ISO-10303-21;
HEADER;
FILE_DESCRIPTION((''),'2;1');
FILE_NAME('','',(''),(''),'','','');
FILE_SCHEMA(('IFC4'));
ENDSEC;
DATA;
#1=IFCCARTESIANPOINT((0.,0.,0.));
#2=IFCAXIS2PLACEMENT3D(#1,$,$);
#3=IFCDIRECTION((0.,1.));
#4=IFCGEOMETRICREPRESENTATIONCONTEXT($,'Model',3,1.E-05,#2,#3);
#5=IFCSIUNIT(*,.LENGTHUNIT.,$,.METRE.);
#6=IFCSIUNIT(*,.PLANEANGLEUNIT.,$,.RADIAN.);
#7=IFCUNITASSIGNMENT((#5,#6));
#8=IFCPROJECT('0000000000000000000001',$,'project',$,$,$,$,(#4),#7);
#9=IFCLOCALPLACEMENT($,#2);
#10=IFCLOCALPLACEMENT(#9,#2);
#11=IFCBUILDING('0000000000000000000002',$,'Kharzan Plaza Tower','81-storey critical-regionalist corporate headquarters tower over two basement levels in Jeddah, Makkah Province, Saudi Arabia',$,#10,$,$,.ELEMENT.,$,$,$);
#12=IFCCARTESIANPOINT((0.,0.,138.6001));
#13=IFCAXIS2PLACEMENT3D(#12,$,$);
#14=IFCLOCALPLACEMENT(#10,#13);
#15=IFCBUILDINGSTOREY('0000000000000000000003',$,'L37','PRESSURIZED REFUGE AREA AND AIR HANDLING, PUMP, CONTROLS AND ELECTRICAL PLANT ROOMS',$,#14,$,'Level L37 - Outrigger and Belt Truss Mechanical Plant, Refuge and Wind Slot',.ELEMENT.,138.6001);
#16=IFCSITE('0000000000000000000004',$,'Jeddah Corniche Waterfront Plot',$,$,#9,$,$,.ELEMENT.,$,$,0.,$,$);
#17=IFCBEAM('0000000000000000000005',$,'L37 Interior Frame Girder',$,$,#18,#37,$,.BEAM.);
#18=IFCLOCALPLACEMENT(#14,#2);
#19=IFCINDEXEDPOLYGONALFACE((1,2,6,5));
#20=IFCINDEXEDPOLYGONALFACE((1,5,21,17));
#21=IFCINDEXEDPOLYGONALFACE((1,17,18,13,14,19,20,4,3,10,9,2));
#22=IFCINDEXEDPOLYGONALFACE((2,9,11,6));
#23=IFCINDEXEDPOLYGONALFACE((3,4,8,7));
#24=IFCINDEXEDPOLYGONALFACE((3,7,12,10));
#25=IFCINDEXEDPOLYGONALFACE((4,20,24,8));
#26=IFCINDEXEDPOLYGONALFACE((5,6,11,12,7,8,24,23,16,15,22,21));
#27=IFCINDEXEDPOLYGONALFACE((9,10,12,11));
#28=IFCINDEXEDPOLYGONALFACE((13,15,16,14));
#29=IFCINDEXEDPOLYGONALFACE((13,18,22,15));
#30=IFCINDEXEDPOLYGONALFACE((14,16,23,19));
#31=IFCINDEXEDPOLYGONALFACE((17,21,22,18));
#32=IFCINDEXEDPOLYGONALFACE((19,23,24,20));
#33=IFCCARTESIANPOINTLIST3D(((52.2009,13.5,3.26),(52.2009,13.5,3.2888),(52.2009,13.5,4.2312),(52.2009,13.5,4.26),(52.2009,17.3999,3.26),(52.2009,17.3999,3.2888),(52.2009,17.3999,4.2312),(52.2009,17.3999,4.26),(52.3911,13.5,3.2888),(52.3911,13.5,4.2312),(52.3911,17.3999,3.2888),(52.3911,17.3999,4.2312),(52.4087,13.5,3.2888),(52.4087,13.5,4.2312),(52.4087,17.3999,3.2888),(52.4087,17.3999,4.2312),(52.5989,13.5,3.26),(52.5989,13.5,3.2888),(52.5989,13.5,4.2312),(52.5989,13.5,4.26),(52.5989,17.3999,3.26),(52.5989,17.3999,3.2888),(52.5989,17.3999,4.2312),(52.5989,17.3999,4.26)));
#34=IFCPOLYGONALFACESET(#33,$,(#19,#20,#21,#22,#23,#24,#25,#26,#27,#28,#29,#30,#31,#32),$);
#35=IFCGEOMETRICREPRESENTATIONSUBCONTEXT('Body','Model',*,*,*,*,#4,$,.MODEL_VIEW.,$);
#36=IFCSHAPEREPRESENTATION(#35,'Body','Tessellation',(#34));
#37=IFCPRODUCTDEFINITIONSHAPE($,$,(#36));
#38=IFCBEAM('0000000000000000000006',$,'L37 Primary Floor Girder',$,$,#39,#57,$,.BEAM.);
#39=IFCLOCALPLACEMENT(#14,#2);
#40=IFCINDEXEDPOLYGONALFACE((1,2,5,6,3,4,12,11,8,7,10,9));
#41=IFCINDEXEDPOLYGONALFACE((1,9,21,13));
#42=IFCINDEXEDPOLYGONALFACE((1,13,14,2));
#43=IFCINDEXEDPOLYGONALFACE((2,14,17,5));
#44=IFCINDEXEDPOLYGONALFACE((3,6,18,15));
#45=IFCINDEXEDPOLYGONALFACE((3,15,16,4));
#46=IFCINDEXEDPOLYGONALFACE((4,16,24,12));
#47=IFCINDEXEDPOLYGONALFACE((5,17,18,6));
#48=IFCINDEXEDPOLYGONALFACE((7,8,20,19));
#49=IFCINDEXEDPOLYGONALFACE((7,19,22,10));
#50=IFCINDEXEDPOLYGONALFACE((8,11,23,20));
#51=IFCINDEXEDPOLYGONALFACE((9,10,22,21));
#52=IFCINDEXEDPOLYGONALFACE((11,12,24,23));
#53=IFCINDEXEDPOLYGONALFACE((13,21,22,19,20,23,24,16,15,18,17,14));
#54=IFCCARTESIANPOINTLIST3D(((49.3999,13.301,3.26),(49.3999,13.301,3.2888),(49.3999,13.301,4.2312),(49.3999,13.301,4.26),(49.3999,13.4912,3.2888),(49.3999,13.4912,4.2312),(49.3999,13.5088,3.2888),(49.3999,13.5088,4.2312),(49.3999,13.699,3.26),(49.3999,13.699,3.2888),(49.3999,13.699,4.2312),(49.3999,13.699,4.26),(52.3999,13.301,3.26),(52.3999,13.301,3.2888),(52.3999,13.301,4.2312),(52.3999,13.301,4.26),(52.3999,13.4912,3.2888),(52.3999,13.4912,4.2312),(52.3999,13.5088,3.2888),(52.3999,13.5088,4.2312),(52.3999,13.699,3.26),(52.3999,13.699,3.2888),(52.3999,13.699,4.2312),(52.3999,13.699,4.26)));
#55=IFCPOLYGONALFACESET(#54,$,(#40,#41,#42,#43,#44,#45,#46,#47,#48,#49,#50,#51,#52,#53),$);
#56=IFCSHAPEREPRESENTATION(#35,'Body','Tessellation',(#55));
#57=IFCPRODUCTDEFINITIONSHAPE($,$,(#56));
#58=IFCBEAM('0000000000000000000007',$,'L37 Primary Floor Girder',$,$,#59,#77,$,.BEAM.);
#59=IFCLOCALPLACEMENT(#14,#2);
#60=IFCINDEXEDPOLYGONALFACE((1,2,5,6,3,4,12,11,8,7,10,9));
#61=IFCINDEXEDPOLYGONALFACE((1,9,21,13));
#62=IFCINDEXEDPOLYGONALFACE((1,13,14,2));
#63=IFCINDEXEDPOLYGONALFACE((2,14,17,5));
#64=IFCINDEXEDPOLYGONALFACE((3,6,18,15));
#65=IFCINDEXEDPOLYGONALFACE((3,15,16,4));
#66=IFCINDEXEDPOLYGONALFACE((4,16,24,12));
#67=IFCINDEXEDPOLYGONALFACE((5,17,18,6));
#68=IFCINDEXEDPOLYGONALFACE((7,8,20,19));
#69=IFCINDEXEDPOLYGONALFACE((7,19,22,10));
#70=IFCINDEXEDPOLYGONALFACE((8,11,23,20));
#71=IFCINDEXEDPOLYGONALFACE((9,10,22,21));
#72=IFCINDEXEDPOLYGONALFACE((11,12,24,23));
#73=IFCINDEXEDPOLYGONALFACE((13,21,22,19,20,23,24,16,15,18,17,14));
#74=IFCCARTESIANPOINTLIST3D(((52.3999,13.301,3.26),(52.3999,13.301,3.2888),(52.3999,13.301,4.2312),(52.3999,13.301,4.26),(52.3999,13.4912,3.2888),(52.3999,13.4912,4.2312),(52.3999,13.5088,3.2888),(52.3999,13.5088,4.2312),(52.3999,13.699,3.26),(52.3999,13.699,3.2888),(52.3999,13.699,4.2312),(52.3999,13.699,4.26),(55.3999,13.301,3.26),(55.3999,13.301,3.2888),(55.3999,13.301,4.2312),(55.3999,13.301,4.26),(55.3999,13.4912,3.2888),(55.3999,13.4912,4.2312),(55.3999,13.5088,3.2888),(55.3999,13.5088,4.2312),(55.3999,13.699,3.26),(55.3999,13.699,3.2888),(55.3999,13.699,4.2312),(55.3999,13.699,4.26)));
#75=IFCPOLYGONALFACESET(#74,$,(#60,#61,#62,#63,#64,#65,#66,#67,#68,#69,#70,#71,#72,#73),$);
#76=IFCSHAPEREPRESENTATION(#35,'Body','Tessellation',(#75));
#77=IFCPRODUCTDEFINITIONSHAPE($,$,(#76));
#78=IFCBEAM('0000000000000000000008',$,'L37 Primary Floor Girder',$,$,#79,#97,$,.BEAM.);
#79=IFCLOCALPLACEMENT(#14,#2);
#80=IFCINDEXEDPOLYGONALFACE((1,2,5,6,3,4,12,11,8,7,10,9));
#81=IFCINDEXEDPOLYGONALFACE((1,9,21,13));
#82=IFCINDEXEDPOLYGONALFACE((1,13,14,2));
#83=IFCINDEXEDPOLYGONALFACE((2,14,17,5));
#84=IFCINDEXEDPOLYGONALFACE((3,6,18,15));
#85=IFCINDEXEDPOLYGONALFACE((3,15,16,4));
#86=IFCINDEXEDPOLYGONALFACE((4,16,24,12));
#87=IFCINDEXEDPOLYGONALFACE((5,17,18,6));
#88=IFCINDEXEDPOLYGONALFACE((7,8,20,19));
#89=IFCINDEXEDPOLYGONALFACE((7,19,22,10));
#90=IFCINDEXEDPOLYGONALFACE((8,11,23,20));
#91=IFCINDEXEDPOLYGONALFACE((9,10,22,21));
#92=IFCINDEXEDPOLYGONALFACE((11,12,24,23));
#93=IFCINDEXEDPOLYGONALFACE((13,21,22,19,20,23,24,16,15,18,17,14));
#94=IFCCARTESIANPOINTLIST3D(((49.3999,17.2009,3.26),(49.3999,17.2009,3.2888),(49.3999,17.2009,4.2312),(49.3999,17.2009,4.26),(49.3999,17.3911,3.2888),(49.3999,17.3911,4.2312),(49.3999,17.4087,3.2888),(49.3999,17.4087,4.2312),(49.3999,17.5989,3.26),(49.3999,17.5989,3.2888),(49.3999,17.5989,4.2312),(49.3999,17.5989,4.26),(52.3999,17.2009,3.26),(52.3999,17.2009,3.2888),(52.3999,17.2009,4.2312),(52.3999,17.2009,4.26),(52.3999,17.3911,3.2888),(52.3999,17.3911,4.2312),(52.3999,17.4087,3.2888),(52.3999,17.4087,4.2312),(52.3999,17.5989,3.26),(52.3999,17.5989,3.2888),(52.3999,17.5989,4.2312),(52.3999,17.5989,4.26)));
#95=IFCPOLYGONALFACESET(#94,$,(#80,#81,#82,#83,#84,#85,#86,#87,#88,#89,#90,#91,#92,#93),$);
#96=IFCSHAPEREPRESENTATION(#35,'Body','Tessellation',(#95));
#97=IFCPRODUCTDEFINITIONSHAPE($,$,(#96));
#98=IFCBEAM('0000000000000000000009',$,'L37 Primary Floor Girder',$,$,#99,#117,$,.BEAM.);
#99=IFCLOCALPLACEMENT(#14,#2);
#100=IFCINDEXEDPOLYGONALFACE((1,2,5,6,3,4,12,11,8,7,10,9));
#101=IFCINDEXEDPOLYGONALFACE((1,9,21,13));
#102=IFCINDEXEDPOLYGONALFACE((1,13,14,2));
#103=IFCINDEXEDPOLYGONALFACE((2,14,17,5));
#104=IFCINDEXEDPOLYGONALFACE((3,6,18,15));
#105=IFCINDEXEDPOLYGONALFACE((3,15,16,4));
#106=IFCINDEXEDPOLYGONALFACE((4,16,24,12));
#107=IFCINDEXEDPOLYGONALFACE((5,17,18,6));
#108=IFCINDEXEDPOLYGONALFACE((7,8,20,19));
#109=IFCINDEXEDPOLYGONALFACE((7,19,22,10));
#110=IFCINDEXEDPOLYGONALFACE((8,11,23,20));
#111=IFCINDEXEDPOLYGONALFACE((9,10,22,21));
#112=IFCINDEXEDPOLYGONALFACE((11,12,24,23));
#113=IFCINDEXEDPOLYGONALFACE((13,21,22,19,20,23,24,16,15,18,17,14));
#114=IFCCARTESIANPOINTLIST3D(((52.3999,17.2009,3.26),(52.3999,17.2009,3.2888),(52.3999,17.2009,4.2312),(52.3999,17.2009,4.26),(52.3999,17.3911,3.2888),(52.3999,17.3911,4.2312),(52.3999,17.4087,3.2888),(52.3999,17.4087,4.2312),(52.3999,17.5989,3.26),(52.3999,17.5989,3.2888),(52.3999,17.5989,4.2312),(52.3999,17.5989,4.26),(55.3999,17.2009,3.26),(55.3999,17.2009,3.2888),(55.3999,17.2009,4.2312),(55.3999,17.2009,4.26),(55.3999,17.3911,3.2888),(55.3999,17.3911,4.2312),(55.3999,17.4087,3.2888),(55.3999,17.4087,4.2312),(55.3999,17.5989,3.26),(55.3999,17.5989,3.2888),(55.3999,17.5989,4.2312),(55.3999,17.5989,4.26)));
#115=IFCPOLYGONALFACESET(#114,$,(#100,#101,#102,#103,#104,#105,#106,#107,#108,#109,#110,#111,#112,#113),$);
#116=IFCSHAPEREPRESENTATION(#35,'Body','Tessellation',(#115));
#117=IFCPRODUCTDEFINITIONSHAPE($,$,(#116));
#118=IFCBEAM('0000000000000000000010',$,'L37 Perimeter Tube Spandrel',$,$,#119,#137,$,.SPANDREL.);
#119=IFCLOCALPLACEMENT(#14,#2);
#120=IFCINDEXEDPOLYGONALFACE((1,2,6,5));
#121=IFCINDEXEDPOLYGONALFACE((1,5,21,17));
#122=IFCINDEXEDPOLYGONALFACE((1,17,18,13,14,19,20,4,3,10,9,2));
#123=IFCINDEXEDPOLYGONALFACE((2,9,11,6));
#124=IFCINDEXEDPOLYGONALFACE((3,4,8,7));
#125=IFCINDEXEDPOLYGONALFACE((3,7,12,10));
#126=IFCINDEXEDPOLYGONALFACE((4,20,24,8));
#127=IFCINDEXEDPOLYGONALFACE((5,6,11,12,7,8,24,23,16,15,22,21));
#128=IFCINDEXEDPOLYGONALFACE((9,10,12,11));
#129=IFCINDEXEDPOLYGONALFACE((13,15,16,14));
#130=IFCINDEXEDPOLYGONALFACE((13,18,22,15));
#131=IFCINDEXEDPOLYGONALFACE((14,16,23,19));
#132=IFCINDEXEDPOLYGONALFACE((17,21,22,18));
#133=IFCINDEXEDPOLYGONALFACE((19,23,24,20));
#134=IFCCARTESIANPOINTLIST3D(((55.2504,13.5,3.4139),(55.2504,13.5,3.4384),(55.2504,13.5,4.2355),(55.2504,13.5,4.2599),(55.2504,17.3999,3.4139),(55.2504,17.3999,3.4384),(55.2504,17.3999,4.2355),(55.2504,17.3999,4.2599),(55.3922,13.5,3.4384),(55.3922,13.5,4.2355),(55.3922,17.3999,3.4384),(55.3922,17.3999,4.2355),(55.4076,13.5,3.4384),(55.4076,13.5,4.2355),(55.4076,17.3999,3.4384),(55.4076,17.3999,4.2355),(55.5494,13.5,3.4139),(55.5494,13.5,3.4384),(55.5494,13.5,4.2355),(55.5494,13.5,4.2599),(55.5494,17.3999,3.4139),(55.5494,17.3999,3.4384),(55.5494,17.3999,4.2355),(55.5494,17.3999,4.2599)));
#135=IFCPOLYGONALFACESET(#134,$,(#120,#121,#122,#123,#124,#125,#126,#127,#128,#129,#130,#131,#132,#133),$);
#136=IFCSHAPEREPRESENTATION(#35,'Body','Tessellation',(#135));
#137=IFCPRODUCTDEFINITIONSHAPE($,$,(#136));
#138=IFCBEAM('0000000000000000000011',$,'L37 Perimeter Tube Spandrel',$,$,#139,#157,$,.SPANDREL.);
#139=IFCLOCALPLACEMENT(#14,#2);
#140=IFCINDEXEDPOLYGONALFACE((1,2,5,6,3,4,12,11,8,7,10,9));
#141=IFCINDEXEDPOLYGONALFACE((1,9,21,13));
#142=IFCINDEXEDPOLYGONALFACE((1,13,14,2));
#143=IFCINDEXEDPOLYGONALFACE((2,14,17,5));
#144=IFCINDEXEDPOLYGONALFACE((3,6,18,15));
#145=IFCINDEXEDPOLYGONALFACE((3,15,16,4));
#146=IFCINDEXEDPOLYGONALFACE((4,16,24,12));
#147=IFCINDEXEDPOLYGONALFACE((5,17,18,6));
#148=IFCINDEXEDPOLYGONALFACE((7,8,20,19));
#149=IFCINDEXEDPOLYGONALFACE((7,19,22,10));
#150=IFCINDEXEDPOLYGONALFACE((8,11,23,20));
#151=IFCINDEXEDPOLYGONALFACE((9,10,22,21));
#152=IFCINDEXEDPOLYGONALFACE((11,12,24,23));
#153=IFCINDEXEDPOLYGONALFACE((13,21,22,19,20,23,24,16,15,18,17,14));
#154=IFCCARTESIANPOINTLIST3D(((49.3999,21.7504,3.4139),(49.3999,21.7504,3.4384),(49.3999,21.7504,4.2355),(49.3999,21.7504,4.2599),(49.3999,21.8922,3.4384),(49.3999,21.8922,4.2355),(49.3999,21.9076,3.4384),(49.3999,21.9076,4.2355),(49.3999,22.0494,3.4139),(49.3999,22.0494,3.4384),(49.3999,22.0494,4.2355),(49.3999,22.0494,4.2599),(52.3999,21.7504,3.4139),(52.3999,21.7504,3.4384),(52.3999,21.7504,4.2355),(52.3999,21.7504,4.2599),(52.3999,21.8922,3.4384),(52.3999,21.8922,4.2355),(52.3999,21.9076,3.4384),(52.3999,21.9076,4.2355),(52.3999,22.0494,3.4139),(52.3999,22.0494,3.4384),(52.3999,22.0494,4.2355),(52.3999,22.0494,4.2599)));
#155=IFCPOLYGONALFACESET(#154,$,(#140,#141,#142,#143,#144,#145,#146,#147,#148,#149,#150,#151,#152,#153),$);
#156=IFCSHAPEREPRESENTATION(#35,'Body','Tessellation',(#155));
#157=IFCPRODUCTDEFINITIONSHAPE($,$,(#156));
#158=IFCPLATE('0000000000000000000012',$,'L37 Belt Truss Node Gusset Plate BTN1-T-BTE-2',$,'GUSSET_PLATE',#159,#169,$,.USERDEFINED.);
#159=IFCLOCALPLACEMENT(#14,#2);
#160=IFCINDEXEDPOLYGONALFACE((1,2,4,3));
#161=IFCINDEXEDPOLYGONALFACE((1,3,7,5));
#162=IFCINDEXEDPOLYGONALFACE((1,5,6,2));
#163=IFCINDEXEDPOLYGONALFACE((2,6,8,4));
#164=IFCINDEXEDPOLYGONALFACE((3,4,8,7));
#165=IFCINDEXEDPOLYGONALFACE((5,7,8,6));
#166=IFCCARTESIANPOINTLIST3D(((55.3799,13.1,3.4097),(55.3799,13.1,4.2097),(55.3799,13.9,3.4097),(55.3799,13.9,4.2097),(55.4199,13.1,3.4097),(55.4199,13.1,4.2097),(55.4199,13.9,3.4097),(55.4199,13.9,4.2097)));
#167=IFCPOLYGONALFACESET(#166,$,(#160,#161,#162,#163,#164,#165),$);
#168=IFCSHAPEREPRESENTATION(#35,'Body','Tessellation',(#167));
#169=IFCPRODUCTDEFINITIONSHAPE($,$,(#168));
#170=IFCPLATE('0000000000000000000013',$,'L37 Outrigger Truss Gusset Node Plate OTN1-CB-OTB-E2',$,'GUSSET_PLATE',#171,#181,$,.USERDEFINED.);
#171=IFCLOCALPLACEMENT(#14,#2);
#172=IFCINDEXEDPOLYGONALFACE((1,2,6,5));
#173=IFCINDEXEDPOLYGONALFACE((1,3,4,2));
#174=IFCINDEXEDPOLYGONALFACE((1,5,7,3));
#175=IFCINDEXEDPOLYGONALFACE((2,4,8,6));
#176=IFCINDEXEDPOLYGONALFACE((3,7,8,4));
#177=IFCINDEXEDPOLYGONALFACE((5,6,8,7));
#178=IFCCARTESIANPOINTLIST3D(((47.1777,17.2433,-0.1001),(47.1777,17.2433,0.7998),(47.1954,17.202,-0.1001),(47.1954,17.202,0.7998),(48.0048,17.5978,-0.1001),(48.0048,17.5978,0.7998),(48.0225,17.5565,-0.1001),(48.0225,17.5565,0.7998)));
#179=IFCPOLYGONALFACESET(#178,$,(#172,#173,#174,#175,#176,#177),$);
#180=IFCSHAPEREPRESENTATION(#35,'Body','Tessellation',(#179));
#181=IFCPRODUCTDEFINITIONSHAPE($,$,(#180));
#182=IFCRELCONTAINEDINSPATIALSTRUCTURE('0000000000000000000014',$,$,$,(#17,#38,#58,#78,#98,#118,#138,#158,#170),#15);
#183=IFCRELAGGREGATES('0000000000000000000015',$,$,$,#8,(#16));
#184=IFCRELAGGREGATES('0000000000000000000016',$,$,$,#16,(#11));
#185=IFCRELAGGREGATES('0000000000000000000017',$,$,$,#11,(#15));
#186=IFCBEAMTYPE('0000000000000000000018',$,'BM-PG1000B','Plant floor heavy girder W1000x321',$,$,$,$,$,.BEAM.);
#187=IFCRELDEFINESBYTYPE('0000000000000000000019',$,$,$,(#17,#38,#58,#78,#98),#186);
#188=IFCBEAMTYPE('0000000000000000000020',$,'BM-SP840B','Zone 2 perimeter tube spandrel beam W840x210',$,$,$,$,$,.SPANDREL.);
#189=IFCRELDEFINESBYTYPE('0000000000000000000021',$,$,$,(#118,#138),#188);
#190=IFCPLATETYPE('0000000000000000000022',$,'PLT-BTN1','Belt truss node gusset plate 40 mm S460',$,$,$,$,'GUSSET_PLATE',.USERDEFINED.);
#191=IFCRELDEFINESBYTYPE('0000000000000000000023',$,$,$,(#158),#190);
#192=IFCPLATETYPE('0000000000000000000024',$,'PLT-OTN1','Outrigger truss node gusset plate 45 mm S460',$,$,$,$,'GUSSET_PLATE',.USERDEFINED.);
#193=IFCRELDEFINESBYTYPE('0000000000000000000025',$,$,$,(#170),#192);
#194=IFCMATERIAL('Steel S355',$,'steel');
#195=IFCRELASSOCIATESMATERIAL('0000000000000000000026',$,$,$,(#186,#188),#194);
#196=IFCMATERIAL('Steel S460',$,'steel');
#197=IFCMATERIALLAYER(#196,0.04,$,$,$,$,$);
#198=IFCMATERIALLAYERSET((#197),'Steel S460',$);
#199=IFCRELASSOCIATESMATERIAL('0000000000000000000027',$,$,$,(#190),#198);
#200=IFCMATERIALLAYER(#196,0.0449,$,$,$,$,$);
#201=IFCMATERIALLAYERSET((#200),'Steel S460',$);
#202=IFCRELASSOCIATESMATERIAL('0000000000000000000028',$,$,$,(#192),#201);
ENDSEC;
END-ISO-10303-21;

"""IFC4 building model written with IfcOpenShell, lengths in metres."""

from ifc_helpers import new_model, si_unit, direction, frame, origin, origin_2d, place, context, subcontext, project, spatial, rectangle, i_section, extrude, source, transform, mapped, material, layer, layer_set, material_profile, profile_set, type_object, element, save


model = new_model("IFC4")

# Units and contexts
model_context = context("Model", 3, precision=1e-05, world=origin(), true_north=direction((0.0, 1.0)))
body_context = subcontext(model_context, "Body", "Model", "MODEL_VIEW")
ifc_project = project(units=[si_unit("LENGTHUNIT", "METRE"), si_unit("PLANEANGLEUNIT", "RADIAN")], contexts=[model_context])

# Site, building, storey
site_placement = place(None, origin())
site = spatial("IfcSite", under=ifc_project, at=site_placement, Name="Jeddah Corniche Waterfront Plot", CompositionType="ELEMENT", RefElevation=0.0)
building_placement = place(site_placement, origin())
building = spatial("IfcBuilding", under=site, at=building_placement, Name="Kharzan Plaza Tower", Description="81-storey critical-regionalist corporate headquarters tower over two basement levels in Jeddah, Makkah Province, Saudi Arabia", CompositionType="ELEMENT")
storey_placement = place(building_placement, frame((0.0, 0.0, 138.6001)))
storey = spatial("IfcBuildingStorey", under=building, at=storey_placement, Name="L37", Description="PRESSURIZED REFUGE AREA AND AIR HANDLING, PUMP, CONTROLS AND ELECTRICAL PLANT ROOMS", LongName="Level L37 - Outrigger and Belt Truss Mechanical Plant, Refuge and Wind Slot", CompositionType="ELEMENT", Elevation=138.6001)

# Beams
ifc_material_1 = material(Name="Steel S355", Category="steel")
ifc_material_profile_1 = material_profile(ifc_material_1, i_section(OverallWidth=0.3979, OverallDepth=1.0, WebThickness=0.0176, FlangeThickness=0.0288, at=origin_2d()), Name="W1000x321")
ifc_profile_set_1 = profile_set([ifc_material_profile_1], Name="Steel S355")
beam_type_1 = type_object("IfcBeamType", Name="BM-PG1000B", Description="Plant floor heavy girder W1000x321", PredefinedType="BEAM", material=ifc_profile_set_1)
shared_shape_1 = source(origin(), body_context, "Body", "SweptSolid", [
    extrude(i_section(OverallWidth=0.3979, OverallDepth=1.0, WebThickness=0.0176, FlangeThickness=0.0288, at=origin_2d()), origin(), (0.0, 0.0, 1.0), 3.8999),
])
for number, where, z_axis, x_axis, name in (
    (1, (52.3999, 13.5, 3.76), (0.0, 1.0, 0.0), (-1.0, 0.0, 0.0), "L37 Interior Frame Girder"),
):
    element("IfcBeam", number, at=place(storey_placement, frame(where, z_axis=z_axis, x_axis=x_axis)), inside=storey, type_object=beam_type_1, Name=name, PredefinedType="BEAM", context=body_context, shape_type="MappedRepresentation", body=[
        mapped(shared_shape_1, transform((0.0, 0.0, 0.0), x_axis=(1.0, 0.0, 0.0), y_axis=(0.0, 1.0, 0.0), z_axis=(0.0, 0.0, 1.0))),
    ])
shared_shape_2 = source(origin(), body_context, "Body", "SweptSolid", [
    extrude(i_section(OverallWidth=0.3979, OverallDepth=1.0, WebThickness=0.0176, FlangeThickness=0.0288, at=origin_2d()), origin(), (0.0, 0.0, 1.0), 3.0),
])
for number, where, z_axis, x_axis, name in (
    (2, (49.3999, 13.5, 3.76), (1.0, 0.0, 0.0), (0.0, 1.0, 0.0), "L37 Primary Floor Girder"),
    (3, (52.3999, 13.5, 3.76), (1.0, 0.0, 0.0), (0.0, 1.0, 0.0), "L37 Primary Floor Girder"),
    (4, (49.3999, 17.3999, 3.76), (1.0, 0.0, 0.0), (0.0, 1.0, 0.0), "L37 Primary Floor Girder"),
    (5, (52.3999, 17.3999, 3.76), (1.0, 0.0, 0.0), (0.0, 1.0, 0.0), "L37 Primary Floor Girder"),
):
    element("IfcBeam", number, at=place(storey_placement, frame(where, z_axis=z_axis, x_axis=x_axis)), inside=storey, type_object=beam_type_1, Name=name, PredefinedType="BEAM", context=body_context, shape_type="MappedRepresentation", body=[
        mapped(shared_shape_2, transform((0.0, 0.0, 0.0), x_axis=(1.0, 0.0, 0.0), y_axis=(0.0, 1.0, 0.0), z_axis=(0.0, 0.0, 1.0))),
    ])
ifc_material_profile_2 = material_profile(ifc_material_1, i_section(OverallWidth=0.2991, OverallDepth=0.8459, WebThickness=0.0154, FlangeThickness=0.0244, at=origin_2d()), Name="W840x210")
ifc_profile_set_2 = profile_set([ifc_material_profile_2], Name="Steel S355")
beam_type_2 = type_object("IfcBeamType", Name="BM-SP840B", Description="Zone 2 perimeter tube spandrel beam W840x210", PredefinedType="SPANDREL", material=ifc_profile_set_2)
shared_shape_3 = source(origin(), body_context, "Body", "SweptSolid", [
    extrude(i_section(OverallWidth=0.2991, OverallDepth=0.8459, WebThickness=0.0154, FlangeThickness=0.0244, at=origin_2d()), origin(), (0.0, 0.0, 1.0), 3.8999),
])
beam_1_placement = place(storey_placement, frame((55.3999, 13.5, 3.8369), z_axis=(0.0, 1.0, 0.0), x_axis=(-1.0, 0.0, 0.0)))
element("IfcBeam", 6, at=beam_1_placement, inside=storey, type_object=beam_type_2, Name="L37 Perimeter Tube Spandrel", PredefinedType="SPANDREL", context=body_context, shape_type="MappedRepresentation", body=[
    mapped(shared_shape_3, transform((0.0, 0.0, 0.0), x_axis=(1.0, 0.0, 0.0), y_axis=(0.0, 1.0, 0.0), z_axis=(0.0, 0.0, 1.0))),
])
shared_shape_4 = source(origin(), body_context, "Body", "SweptSolid", [
    extrude(i_section(OverallWidth=0.2991, OverallDepth=0.8459, WebThickness=0.0154, FlangeThickness=0.0244, at=origin_2d()), origin(), (0.0, 0.0, 1.0), 3.0),
])
beam_2_placement = place(storey_placement, frame((49.3999, 21.8999, 3.8369), z_axis=(1.0, 0.0, 0.0), x_axis=(0.0, 1.0, 0.0)))
element("IfcBeam", 7, at=beam_2_placement, inside=storey, type_object=beam_type_2, Name="L37 Perimeter Tube Spandrel", PredefinedType="SPANDREL", context=body_context, shape_type="MappedRepresentation", body=[
    mapped(shared_shape_4, transform((0.0, 0.0, 0.0), x_axis=(1.0, 0.0, 0.0), y_axis=(0.0, 1.0, 0.0), z_axis=(0.0, 0.0, 1.0))),
])

# Plates
ifc_material_2 = material(Name="Steel S460", Category="steel")
ifc_layer_1 = layer(ifc_material_2, 0.04)
ifc_layer_set_1 = layer_set([ifc_layer_1], Name="Steel S460")
plate_type_1 = type_object("IfcPlateType", Name="PLT-BTN1", Description="Belt truss node gusset plate 40 mm S460", ElementType="GUSSET_PLATE", PredefinedType="USERDEFINED", material=ifc_layer_set_1)
shared_shape_5 = source(origin(), body_context, "Body", "SweptSolid", [
    extrude(rectangle(XDim=0.8, YDim=0.04, at=origin_2d()), origin(), (0.0, 0.0, 1.0), 0.8),
])
plate_placement = place(storey_placement, frame((55.3999, 13.5, 3.4097), z_axis=(0.0, 0.0, 1.0), x_axis=(0.0, 1.0, 0.0)))
element("IfcPlate", 8, at=plate_placement, inside=storey, type_object=plate_type_1, Name="L37 Belt Truss Node Gusset Plate BTN1-T-BTE-2", ObjectType="GUSSET_PLATE", PredefinedType="USERDEFINED", context=body_context, shape_type="MappedRepresentation", body=[
    mapped(shared_shape_5, transform((0.0, 0.0, 0.0), x_axis=(1.0, 0.0, 0.0), y_axis=(0.0, 1.0, 0.0), z_axis=(0.0, 0.0, 1.0))),
])
ifc_layer_2 = layer(ifc_material_2, 0.0449)
ifc_layer_set_2 = layer_set([ifc_layer_2], Name="Steel S460")
plate_type_2 = type_object("IfcPlateType", Name="PLT-OTN1", Description="Outrigger truss node gusset plate 45 mm S460", ElementType="GUSSET_PLATE", PredefinedType="USERDEFINED", material=ifc_layer_set_2)
shared_shape_6 = source(origin(), body_context, "Body", "SweptSolid", [
    extrude(rectangle(XDim=0.8999, YDim=0.0449, at=origin_2d()), origin(), (0.0, 0.0, 1.0), 0.8999),
])
for number, where, z_axis, x_axis, name in (
    (9, (47.6001, 17.3999, -0.1001), (0.0, 0.0, 1.0), (0.919145, 0.393919, 0.0), "L37 Outrigger Truss Gusset Node Plate OTN1-CB-OTB-E2"),
):
    element("IfcPlate", number, at=place(storey_placement, frame(where, z_axis=z_axis, x_axis=x_axis)), inside=storey, type_object=plate_type_2, Name=name, ObjectType="GUSSET_PLATE", PredefinedType="USERDEFINED", context=body_context, shape_type="MappedRepresentation", body=[
        mapped(shared_shape_6, transform((0.0, 0.0, 0.0), x_axis=(1.0, 0.0, 0.0), y_axis=(0.0, 1.0, 0.0), z_axis=(0.0, 0.0, 1.0))),
    ])

save(model, "model.ifc")
